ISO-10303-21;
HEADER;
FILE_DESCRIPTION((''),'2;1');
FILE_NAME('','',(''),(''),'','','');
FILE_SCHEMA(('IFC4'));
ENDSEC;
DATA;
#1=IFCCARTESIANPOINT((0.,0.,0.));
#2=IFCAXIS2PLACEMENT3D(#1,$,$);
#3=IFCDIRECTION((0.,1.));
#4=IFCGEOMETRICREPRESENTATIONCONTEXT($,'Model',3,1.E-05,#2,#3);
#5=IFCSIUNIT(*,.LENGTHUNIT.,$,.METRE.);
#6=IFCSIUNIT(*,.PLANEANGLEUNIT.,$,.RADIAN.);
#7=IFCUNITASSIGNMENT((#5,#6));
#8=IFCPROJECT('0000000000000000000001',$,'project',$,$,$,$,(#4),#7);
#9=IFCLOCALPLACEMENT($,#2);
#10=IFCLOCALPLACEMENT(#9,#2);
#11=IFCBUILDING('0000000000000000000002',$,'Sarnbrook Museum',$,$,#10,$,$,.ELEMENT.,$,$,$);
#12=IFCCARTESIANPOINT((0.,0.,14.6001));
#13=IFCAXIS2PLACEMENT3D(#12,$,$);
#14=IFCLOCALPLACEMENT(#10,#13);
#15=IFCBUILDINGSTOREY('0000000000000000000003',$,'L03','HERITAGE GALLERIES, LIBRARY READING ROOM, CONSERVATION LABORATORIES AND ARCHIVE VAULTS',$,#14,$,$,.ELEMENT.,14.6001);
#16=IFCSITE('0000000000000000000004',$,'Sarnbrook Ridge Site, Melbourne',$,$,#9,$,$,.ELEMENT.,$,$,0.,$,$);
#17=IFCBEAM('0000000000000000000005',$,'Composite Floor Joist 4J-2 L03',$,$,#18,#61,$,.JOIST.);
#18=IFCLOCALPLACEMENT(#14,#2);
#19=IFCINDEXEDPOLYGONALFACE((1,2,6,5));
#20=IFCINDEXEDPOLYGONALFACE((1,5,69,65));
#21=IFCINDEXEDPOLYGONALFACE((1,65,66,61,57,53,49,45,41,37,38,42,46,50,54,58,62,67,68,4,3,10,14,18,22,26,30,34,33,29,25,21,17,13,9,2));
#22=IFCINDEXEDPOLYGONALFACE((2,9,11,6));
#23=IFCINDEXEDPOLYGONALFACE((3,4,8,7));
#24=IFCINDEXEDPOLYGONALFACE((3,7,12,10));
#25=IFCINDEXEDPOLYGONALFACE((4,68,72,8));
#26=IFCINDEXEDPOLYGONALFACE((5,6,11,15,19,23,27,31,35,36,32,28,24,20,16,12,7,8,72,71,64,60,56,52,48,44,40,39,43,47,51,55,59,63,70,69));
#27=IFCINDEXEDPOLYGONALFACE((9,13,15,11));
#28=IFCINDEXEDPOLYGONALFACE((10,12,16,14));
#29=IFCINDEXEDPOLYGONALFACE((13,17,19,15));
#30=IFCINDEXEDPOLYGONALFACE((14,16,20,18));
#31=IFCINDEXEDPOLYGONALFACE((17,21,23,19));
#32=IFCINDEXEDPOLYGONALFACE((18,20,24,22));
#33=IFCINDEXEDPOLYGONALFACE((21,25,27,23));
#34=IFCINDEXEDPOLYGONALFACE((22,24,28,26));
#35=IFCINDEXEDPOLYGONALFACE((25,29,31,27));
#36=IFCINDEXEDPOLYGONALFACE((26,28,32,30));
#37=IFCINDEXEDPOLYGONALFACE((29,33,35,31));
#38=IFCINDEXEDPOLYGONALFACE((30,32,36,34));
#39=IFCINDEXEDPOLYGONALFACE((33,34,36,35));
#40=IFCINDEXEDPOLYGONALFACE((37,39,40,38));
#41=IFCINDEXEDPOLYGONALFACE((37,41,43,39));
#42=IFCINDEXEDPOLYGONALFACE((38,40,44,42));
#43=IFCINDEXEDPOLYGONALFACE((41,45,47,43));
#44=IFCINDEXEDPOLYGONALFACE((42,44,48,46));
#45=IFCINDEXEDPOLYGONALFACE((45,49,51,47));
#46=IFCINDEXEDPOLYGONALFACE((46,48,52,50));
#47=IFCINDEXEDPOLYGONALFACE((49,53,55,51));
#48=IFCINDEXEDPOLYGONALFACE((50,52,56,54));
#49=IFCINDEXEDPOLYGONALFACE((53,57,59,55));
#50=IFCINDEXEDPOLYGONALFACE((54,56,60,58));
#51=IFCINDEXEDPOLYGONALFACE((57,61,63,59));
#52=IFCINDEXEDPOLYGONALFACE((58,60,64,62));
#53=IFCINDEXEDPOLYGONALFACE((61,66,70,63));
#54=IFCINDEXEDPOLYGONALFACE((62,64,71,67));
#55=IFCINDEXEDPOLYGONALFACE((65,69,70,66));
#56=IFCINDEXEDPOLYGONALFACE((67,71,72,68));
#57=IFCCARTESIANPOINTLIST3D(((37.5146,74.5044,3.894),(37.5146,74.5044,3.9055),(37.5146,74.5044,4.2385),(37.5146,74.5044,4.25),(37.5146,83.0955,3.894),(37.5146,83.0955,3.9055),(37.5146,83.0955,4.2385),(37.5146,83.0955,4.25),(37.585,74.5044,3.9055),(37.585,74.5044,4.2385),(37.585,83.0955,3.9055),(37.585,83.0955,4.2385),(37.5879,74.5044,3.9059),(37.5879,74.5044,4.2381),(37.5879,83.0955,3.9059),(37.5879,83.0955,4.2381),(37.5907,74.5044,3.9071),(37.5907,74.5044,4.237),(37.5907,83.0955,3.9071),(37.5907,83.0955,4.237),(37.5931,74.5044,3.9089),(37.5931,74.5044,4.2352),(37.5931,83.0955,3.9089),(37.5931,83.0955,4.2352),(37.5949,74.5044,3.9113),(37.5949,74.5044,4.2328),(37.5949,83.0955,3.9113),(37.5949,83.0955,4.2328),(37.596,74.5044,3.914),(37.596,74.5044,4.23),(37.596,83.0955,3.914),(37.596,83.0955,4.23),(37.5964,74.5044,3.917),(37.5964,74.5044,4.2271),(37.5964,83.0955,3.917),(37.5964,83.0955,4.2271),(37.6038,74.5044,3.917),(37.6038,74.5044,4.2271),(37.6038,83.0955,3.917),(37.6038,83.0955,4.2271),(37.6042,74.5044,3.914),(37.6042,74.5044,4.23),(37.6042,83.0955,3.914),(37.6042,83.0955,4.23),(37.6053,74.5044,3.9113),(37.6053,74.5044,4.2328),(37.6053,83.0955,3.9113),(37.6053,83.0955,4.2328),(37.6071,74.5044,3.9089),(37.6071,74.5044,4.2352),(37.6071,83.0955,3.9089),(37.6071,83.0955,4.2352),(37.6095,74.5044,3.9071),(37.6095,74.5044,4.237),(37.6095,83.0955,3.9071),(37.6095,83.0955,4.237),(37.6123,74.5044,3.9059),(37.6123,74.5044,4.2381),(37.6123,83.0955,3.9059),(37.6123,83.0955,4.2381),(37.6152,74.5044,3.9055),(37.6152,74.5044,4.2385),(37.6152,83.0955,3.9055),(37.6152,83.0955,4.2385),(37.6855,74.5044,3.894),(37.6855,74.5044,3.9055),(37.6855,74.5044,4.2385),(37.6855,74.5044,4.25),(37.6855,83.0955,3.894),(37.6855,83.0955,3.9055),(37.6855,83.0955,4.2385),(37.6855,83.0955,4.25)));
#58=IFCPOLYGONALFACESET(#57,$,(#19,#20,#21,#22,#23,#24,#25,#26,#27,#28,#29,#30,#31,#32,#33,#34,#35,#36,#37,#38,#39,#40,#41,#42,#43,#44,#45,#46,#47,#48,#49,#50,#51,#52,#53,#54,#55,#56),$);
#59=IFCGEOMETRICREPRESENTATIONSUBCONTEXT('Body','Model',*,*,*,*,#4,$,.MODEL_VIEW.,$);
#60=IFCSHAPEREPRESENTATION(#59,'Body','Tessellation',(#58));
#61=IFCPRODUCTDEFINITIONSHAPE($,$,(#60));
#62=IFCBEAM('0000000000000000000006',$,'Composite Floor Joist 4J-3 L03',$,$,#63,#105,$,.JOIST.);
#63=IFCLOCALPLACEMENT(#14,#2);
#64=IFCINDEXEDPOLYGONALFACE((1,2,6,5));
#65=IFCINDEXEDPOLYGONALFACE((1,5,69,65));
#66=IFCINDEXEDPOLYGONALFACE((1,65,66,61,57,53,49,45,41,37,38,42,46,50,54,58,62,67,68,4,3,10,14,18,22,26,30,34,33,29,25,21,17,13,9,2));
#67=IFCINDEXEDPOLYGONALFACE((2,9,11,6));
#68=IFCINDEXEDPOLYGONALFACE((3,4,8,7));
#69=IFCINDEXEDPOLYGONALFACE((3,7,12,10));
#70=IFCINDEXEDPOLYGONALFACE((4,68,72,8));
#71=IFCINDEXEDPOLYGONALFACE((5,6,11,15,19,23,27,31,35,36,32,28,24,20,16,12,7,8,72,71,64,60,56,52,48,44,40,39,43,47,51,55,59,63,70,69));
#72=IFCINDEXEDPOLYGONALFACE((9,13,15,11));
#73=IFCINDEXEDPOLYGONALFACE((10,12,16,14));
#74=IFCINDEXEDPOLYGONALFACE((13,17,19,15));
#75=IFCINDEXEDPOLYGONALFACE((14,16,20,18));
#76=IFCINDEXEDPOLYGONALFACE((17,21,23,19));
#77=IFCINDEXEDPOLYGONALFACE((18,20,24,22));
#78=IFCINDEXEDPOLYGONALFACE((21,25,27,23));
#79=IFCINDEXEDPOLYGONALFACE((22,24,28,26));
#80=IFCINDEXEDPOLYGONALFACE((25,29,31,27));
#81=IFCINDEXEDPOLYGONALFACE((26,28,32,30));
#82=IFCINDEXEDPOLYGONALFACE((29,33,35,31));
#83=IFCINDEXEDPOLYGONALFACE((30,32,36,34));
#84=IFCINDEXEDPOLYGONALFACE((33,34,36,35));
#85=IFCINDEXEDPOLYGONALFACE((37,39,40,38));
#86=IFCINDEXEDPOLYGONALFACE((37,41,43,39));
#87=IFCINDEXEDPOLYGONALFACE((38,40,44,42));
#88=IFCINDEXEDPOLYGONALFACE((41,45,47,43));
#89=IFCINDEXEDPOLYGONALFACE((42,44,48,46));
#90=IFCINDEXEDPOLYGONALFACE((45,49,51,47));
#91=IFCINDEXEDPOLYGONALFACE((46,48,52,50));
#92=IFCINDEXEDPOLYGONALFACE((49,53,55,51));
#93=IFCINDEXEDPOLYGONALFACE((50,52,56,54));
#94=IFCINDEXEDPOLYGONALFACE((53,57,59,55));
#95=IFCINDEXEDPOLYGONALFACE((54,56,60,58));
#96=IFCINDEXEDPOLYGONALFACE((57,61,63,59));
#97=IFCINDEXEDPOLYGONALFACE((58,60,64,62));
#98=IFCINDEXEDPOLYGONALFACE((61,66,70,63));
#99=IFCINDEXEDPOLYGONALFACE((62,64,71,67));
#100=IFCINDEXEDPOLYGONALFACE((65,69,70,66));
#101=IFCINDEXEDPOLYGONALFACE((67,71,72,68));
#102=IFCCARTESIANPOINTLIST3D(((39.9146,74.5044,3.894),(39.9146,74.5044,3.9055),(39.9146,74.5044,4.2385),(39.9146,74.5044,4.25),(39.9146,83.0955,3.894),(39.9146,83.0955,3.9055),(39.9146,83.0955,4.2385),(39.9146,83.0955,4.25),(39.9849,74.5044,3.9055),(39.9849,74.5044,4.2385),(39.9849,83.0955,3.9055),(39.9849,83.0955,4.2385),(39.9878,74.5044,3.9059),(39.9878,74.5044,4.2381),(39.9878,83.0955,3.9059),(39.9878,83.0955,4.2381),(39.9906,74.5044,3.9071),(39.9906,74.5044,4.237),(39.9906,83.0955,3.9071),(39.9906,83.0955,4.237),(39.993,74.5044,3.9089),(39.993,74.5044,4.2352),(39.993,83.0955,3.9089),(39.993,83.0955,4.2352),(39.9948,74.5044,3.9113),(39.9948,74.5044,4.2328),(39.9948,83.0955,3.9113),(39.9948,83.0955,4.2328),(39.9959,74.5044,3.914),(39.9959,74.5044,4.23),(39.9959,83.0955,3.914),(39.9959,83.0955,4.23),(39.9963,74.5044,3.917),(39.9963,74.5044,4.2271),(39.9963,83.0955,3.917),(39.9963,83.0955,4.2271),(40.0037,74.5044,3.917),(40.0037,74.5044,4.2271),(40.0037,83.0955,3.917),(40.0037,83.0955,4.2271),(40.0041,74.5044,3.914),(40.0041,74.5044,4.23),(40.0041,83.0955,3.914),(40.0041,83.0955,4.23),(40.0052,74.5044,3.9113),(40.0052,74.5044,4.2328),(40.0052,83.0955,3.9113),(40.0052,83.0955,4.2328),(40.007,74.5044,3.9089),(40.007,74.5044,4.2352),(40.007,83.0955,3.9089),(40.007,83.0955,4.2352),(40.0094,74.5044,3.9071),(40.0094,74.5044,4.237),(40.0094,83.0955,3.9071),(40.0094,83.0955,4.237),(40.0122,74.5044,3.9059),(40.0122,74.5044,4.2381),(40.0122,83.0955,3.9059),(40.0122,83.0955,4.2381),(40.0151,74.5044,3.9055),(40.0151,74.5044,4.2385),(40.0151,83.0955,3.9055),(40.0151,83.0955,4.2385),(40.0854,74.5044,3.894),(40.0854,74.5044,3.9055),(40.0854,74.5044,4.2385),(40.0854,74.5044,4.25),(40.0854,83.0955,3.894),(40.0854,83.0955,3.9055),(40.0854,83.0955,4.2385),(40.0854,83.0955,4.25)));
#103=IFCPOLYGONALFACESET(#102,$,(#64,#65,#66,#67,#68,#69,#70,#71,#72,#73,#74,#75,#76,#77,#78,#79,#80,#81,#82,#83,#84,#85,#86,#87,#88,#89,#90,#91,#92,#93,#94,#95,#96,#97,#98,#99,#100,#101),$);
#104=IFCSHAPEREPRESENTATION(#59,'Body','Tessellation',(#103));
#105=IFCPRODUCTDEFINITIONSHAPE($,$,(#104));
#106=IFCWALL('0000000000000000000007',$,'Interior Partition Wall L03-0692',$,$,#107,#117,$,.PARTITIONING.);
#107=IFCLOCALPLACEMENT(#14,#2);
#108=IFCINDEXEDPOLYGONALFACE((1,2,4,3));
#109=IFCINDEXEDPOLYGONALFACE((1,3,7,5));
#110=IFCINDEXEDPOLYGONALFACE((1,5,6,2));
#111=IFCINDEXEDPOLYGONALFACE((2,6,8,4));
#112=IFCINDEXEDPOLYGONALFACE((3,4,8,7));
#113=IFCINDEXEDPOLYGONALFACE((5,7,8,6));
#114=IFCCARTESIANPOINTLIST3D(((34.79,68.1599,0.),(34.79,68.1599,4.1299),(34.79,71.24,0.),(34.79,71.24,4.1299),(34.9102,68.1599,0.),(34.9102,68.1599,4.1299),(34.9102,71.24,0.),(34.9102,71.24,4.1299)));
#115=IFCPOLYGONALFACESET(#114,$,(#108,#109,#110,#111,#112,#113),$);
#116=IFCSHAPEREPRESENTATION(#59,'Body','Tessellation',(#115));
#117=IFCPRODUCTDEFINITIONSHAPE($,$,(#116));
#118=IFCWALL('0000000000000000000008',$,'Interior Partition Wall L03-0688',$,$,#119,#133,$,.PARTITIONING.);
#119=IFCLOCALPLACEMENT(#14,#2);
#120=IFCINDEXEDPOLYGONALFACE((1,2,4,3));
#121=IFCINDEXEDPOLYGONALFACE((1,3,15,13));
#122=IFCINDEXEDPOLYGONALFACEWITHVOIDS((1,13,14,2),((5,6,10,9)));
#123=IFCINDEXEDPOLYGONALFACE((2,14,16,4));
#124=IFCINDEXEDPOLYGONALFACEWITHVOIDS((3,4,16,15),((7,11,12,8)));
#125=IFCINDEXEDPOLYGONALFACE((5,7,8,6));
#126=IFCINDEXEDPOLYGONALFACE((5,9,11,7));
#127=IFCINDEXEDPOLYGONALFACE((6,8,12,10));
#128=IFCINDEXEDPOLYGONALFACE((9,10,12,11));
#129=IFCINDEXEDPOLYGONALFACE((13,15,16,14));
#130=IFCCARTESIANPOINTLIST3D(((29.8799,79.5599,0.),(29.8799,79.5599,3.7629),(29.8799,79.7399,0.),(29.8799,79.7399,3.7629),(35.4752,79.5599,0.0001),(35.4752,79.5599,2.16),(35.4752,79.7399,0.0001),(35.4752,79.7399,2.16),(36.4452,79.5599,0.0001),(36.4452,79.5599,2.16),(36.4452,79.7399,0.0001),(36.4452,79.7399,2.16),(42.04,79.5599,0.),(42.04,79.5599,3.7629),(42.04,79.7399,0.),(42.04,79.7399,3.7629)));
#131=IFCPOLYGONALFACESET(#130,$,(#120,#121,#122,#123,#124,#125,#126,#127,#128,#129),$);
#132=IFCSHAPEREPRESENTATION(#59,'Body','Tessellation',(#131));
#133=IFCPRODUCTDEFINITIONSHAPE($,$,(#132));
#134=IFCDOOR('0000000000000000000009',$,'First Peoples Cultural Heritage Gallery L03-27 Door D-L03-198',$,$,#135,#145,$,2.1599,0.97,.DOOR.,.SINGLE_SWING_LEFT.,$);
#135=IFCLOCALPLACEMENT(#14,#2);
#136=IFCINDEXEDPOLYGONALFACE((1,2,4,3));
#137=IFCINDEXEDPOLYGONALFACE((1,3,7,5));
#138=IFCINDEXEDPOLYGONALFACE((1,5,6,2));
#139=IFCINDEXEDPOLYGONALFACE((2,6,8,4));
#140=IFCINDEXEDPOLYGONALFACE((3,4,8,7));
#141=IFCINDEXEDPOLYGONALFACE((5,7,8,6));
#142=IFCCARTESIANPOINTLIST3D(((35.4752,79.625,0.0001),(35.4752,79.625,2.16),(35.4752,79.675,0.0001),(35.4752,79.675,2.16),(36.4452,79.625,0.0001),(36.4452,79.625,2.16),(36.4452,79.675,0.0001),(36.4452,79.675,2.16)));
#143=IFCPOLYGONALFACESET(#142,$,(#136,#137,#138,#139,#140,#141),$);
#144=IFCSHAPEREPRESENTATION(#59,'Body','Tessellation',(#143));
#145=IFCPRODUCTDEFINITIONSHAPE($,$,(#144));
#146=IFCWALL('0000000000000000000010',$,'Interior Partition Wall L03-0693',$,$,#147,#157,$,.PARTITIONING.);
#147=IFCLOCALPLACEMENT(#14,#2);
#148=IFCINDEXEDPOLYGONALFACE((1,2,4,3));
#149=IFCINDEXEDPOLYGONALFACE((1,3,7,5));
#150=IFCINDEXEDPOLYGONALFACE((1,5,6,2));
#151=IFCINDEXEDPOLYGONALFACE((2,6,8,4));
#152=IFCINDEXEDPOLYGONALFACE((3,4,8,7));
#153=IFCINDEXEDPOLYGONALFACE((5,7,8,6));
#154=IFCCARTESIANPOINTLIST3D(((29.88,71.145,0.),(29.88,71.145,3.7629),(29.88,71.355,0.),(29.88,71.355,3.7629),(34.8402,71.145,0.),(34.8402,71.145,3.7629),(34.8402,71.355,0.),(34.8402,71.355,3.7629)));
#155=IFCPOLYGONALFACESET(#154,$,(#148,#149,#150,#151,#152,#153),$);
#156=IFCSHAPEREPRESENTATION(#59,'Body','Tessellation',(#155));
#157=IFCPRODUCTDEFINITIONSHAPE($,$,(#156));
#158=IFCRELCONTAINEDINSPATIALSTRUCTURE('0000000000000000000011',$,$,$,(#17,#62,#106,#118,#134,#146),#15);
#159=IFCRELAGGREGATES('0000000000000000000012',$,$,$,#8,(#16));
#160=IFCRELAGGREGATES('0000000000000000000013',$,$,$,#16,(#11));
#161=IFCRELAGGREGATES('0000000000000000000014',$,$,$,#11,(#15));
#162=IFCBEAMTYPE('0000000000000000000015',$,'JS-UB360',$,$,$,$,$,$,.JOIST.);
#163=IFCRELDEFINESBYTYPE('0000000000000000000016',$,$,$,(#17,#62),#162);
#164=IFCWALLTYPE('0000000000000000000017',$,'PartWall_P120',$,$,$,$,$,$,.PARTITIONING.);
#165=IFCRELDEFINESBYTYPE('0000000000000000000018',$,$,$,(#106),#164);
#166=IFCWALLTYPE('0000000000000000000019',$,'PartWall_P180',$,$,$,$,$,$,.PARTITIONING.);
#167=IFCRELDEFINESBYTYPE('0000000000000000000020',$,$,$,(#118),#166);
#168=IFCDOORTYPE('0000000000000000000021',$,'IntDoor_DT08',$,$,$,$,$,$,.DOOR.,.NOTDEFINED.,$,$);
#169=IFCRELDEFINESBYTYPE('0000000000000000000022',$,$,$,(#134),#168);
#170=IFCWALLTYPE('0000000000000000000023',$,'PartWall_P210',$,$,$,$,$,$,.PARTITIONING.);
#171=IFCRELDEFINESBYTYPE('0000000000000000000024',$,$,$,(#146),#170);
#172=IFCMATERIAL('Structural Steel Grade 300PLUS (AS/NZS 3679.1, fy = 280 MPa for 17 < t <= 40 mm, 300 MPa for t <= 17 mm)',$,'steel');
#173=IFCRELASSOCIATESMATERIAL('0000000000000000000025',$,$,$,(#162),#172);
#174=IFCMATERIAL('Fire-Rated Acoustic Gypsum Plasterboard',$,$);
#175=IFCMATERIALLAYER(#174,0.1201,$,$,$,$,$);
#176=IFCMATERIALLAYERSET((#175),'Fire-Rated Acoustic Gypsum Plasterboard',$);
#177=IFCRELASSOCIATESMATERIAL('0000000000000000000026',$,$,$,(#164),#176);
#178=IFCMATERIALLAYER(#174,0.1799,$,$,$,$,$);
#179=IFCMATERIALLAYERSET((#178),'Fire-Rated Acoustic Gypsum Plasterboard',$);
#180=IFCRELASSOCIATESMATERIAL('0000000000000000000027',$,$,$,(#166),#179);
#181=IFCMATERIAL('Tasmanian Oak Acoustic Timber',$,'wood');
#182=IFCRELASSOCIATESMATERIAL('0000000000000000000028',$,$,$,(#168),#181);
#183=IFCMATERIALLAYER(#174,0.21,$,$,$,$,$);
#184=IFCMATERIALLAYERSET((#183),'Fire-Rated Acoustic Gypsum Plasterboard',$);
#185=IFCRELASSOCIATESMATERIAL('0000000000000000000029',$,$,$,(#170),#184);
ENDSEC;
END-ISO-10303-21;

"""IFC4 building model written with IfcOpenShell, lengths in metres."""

from ifc_helpers import new_model, si_unit, direction, frame, frame_2d, origin, origin_2d, place, context, subcontext, project, spatial, rectangle, i_section, extrude, material, layer, layer_set, material_profile, profile_set, type_object, element, fill, save


model = new_model("IFC4")

# Units and contexts
model_context = context("Model", 3, precision=1e-05, world=origin(), true_north=direction((0.0, 1.0)))
body_context = subcontext(model_context, "Body", "Model", "MODEL_VIEW")
ifc_project = project(units=[si_unit("LENGTHUNIT", "METRE"), si_unit("PLANEANGLEUNIT", "RADIAN")], contexts=[model_context])

# Site, building, storey
site_placement = place(None, origin())
site = spatial("IfcSite", under=ifc_project, at=site_placement, Name="Sarnbrook Ridge Site, Melbourne", CompositionType="ELEMENT", RefElevation=0.0)
building_placement = place(site_placement, origin())
building = spatial("IfcBuilding", under=site, at=building_placement, Name="Sarnbrook Museum", CompositionType="ELEMENT")
storey_placement = place(building_placement, frame((0.0, 0.0, 14.6001)))
storey = spatial("IfcBuildingStorey", under=building, at=storey_placement, Name="L03", Description="HERITAGE GALLERIES, LIBRARY READING ROOM, CONSERVATION LABORATORIES AND ARCHIVE VAULTS", CompositionType="ELEMENT", Elevation=14.6001)

# Shared definitions
ifc_material_1 = material(Name="Structural Steel Grade 300PLUS (AS/NZS 3679.1, fy = 280 MPa for 17 < t <= 40 mm, 300 MPa for t <= 17 mm)", Category="steel")

# Beams
ifc_material_profile_1 = material_profile(ifc_material_1, i_section(OverallWidth=0.1709, OverallDepth=0.356, WebThickness=0.0073, FlangeThickness=0.0115, FilletRadius=0.0115, at=origin_2d()), Name="360UB50.7")
ifc_profile_set_1 = profile_set([ifc_material_profile_1], Name="Structural Steel Grade 300PLUS (AS/NZS 3679.1, fy = 280 MPa for 17 < t <= 40 mm, 300 MPa for t <= 17 mm)")
beam_type_1 = type_object("IfcBeamType", Name="JS-UB360", PredefinedType="JOIST", material=ifc_profile_set_1)
for number, where, z_axis, x_axis, name in (
    (1, (37.6001, 74.5044, 4.072), (0.0, 1.0, 0.0), (-1.0, 0.0, 0.0), "Composite Floor Joist 4J-2 L03"),
    (2, (40.0, 74.5044, 4.072), (0.0, 1.0, 0.0), (-1.0, 0.0, 0.0), "Composite Floor Joist 4J-3 L03"),
):
    element("IfcBeam", number, at=place(storey_placement, frame(where, z_axis=z_axis, x_axis=x_axis)), inside=storey, type_object=beam_type_1, Name=name, PredefinedType="JOIST", context=body_context, shape_type="SweptSolid", body=[
        extrude(i_section(OverallWidth=0.1709, OverallDepth=0.356, WebThickness=0.0073, FlangeThickness=0.0115, FilletRadius=0.0115, at=origin_2d()), origin(), (0.0, 0.0, 1.0), 8.5911),
    ])

# Wall
ifc_material_2 = material(Name="Fire-Rated Acoustic Gypsum Plasterboard")
ifc_layer_1 = layer(ifc_material_2, 0.1201)
ifc_layer_set_1 = layer_set([ifc_layer_1], Name="Fire-Rated Acoustic Gypsum Plasterboard")
wall_type_1 = type_object("IfcWallType", Name="PartWall_P120", PredefinedType="PARTITIONING", material=ifc_layer_set_1)
wall_1_placement = place(storey_placement, frame((34.8501, 68.1599, 0.0), z_axis=(0.0, 0.0, 1.0), x_axis=(0.0, 1.0, 0.0)))
element("IfcWall", 3, at=wall_1_placement, inside=storey, type_object=wall_type_1, Name="Interior Partition Wall L03-0692", PredefinedType="PARTITIONING", context=body_context, shape_type="SweptSolid", body=[
    extrude(rectangle(XDim=3.0801, YDim=0.1201, at=frame_2d((1.54, 0.0))), origin(), (0.0, 0.0, 1.0), 4.1299),
])

# Wall, opening, door
ifc_layer_2 = layer(ifc_material_2, 0.1799)
ifc_layer_set_2 = layer_set([ifc_layer_2], Name="Fire-Rated Acoustic Gypsum Plasterboard")
wall_type_2 = type_object("IfcWallType", Name="PartWall_P180", PredefinedType="PARTITIONING", material=ifc_layer_set_2)
wall_2_placement = place(storey_placement, frame((42.04, 79.6499, 0.0), z_axis=(0.0, 0.0, 1.0), x_axis=(-1.0, 0.0, 0.0)))
wall_2 = element("IfcWall", 4, at=wall_2_placement, inside=storey, type_object=wall_type_2, Name="Interior Partition Wall L03-0688", PredefinedType="PARTITIONING", context=body_context, shape_type="SweptSolid", body=[
    extrude(rectangle(XDim=12.1602, YDim=0.1799, at=frame_2d((6.0801, 0.0))), origin(), (0.0, 0.0, 1.0), 3.7629),
])
opening_1_placement = place(wall_2_placement, frame((5.595, 0.0, 0.0)))
opening_1 = element("IfcOpeningElement", 5, at=opening_1_placement, cuts=wall_2, PredefinedType="OPENING", context=body_context, shape_type="SweptSolid", body=[
    extrude(rectangle(XDim=0.97, YDim=2.1599, at=frame_2d((0.4849, 1.0801))), frame((0.0, 0.1001, 0.0), z_axis=(0.0, -1.0, 0.0), x_axis=(1.0, 0.0, 0.0)), (0.0, 0.0, 1.0), 0.2),
])
ifc_material_3 = material(Name="Tasmanian Oak Acoustic Timber", Category="wood")
door_type = type_object("IfcDoorType", Name="IntDoor_DT08", OperationType="NOTDEFINED", PredefinedType="DOOR", material=ifc_material_3)
door_placement = place(opening_1_placement, origin())
door = element("IfcDoor", 6, at=door_placement, inside=storey, type_object=door_type, Name="First Peoples Cultural Heritage Gallery L03-27 Door D-L03-198", OperationType="SINGLE_SWING_LEFT", OverallHeight=2.1599, OverallWidth=0.97, PredefinedType="DOOR", context=body_context, shape_type="SweptSolid", body=[
    extrude(rectangle(XDim=0.97, YDim=2.1599, at=frame_2d((0.4849, 1.0801))), frame((0.0, 0.0249, 0.0), z_axis=(0.0, -1.0, 0.0), x_axis=(1.0, 0.0, 0.0)), (0.0, 0.0, 1.0), 0.05),
])
fill(opening_1, door)

# Wall
ifc_layer_3 = layer(ifc_material_2, 0.21)
ifc_layer_set_3 = layer_set([ifc_layer_3], Name="Fire-Rated Acoustic Gypsum Plasterboard")
wall_type_3 = type_object("IfcWallType", Name="PartWall_P210", PredefinedType="PARTITIONING", material=ifc_layer_set_3)
wall_3_placement = place(storey_placement, frame((34.8401, 71.25, 0.0), z_axis=(0.0, 0.0, 1.0), x_axis=(-1.0, 0.0, 0.0)))
element("IfcWall", 7, at=wall_3_placement, inside=storey, type_object=wall_type_3, Name="Interior Partition Wall L03-0693", PredefinedType="PARTITIONING", context=body_context, shape_type="SweptSolid", body=[
    extrude(rectangle(XDim=4.9602, YDim=0.21, at=frame_2d((2.48, 0.0))), origin(), (0.0, 0.0, 1.0), 3.7629),
])

save(model, "model.ifc")
